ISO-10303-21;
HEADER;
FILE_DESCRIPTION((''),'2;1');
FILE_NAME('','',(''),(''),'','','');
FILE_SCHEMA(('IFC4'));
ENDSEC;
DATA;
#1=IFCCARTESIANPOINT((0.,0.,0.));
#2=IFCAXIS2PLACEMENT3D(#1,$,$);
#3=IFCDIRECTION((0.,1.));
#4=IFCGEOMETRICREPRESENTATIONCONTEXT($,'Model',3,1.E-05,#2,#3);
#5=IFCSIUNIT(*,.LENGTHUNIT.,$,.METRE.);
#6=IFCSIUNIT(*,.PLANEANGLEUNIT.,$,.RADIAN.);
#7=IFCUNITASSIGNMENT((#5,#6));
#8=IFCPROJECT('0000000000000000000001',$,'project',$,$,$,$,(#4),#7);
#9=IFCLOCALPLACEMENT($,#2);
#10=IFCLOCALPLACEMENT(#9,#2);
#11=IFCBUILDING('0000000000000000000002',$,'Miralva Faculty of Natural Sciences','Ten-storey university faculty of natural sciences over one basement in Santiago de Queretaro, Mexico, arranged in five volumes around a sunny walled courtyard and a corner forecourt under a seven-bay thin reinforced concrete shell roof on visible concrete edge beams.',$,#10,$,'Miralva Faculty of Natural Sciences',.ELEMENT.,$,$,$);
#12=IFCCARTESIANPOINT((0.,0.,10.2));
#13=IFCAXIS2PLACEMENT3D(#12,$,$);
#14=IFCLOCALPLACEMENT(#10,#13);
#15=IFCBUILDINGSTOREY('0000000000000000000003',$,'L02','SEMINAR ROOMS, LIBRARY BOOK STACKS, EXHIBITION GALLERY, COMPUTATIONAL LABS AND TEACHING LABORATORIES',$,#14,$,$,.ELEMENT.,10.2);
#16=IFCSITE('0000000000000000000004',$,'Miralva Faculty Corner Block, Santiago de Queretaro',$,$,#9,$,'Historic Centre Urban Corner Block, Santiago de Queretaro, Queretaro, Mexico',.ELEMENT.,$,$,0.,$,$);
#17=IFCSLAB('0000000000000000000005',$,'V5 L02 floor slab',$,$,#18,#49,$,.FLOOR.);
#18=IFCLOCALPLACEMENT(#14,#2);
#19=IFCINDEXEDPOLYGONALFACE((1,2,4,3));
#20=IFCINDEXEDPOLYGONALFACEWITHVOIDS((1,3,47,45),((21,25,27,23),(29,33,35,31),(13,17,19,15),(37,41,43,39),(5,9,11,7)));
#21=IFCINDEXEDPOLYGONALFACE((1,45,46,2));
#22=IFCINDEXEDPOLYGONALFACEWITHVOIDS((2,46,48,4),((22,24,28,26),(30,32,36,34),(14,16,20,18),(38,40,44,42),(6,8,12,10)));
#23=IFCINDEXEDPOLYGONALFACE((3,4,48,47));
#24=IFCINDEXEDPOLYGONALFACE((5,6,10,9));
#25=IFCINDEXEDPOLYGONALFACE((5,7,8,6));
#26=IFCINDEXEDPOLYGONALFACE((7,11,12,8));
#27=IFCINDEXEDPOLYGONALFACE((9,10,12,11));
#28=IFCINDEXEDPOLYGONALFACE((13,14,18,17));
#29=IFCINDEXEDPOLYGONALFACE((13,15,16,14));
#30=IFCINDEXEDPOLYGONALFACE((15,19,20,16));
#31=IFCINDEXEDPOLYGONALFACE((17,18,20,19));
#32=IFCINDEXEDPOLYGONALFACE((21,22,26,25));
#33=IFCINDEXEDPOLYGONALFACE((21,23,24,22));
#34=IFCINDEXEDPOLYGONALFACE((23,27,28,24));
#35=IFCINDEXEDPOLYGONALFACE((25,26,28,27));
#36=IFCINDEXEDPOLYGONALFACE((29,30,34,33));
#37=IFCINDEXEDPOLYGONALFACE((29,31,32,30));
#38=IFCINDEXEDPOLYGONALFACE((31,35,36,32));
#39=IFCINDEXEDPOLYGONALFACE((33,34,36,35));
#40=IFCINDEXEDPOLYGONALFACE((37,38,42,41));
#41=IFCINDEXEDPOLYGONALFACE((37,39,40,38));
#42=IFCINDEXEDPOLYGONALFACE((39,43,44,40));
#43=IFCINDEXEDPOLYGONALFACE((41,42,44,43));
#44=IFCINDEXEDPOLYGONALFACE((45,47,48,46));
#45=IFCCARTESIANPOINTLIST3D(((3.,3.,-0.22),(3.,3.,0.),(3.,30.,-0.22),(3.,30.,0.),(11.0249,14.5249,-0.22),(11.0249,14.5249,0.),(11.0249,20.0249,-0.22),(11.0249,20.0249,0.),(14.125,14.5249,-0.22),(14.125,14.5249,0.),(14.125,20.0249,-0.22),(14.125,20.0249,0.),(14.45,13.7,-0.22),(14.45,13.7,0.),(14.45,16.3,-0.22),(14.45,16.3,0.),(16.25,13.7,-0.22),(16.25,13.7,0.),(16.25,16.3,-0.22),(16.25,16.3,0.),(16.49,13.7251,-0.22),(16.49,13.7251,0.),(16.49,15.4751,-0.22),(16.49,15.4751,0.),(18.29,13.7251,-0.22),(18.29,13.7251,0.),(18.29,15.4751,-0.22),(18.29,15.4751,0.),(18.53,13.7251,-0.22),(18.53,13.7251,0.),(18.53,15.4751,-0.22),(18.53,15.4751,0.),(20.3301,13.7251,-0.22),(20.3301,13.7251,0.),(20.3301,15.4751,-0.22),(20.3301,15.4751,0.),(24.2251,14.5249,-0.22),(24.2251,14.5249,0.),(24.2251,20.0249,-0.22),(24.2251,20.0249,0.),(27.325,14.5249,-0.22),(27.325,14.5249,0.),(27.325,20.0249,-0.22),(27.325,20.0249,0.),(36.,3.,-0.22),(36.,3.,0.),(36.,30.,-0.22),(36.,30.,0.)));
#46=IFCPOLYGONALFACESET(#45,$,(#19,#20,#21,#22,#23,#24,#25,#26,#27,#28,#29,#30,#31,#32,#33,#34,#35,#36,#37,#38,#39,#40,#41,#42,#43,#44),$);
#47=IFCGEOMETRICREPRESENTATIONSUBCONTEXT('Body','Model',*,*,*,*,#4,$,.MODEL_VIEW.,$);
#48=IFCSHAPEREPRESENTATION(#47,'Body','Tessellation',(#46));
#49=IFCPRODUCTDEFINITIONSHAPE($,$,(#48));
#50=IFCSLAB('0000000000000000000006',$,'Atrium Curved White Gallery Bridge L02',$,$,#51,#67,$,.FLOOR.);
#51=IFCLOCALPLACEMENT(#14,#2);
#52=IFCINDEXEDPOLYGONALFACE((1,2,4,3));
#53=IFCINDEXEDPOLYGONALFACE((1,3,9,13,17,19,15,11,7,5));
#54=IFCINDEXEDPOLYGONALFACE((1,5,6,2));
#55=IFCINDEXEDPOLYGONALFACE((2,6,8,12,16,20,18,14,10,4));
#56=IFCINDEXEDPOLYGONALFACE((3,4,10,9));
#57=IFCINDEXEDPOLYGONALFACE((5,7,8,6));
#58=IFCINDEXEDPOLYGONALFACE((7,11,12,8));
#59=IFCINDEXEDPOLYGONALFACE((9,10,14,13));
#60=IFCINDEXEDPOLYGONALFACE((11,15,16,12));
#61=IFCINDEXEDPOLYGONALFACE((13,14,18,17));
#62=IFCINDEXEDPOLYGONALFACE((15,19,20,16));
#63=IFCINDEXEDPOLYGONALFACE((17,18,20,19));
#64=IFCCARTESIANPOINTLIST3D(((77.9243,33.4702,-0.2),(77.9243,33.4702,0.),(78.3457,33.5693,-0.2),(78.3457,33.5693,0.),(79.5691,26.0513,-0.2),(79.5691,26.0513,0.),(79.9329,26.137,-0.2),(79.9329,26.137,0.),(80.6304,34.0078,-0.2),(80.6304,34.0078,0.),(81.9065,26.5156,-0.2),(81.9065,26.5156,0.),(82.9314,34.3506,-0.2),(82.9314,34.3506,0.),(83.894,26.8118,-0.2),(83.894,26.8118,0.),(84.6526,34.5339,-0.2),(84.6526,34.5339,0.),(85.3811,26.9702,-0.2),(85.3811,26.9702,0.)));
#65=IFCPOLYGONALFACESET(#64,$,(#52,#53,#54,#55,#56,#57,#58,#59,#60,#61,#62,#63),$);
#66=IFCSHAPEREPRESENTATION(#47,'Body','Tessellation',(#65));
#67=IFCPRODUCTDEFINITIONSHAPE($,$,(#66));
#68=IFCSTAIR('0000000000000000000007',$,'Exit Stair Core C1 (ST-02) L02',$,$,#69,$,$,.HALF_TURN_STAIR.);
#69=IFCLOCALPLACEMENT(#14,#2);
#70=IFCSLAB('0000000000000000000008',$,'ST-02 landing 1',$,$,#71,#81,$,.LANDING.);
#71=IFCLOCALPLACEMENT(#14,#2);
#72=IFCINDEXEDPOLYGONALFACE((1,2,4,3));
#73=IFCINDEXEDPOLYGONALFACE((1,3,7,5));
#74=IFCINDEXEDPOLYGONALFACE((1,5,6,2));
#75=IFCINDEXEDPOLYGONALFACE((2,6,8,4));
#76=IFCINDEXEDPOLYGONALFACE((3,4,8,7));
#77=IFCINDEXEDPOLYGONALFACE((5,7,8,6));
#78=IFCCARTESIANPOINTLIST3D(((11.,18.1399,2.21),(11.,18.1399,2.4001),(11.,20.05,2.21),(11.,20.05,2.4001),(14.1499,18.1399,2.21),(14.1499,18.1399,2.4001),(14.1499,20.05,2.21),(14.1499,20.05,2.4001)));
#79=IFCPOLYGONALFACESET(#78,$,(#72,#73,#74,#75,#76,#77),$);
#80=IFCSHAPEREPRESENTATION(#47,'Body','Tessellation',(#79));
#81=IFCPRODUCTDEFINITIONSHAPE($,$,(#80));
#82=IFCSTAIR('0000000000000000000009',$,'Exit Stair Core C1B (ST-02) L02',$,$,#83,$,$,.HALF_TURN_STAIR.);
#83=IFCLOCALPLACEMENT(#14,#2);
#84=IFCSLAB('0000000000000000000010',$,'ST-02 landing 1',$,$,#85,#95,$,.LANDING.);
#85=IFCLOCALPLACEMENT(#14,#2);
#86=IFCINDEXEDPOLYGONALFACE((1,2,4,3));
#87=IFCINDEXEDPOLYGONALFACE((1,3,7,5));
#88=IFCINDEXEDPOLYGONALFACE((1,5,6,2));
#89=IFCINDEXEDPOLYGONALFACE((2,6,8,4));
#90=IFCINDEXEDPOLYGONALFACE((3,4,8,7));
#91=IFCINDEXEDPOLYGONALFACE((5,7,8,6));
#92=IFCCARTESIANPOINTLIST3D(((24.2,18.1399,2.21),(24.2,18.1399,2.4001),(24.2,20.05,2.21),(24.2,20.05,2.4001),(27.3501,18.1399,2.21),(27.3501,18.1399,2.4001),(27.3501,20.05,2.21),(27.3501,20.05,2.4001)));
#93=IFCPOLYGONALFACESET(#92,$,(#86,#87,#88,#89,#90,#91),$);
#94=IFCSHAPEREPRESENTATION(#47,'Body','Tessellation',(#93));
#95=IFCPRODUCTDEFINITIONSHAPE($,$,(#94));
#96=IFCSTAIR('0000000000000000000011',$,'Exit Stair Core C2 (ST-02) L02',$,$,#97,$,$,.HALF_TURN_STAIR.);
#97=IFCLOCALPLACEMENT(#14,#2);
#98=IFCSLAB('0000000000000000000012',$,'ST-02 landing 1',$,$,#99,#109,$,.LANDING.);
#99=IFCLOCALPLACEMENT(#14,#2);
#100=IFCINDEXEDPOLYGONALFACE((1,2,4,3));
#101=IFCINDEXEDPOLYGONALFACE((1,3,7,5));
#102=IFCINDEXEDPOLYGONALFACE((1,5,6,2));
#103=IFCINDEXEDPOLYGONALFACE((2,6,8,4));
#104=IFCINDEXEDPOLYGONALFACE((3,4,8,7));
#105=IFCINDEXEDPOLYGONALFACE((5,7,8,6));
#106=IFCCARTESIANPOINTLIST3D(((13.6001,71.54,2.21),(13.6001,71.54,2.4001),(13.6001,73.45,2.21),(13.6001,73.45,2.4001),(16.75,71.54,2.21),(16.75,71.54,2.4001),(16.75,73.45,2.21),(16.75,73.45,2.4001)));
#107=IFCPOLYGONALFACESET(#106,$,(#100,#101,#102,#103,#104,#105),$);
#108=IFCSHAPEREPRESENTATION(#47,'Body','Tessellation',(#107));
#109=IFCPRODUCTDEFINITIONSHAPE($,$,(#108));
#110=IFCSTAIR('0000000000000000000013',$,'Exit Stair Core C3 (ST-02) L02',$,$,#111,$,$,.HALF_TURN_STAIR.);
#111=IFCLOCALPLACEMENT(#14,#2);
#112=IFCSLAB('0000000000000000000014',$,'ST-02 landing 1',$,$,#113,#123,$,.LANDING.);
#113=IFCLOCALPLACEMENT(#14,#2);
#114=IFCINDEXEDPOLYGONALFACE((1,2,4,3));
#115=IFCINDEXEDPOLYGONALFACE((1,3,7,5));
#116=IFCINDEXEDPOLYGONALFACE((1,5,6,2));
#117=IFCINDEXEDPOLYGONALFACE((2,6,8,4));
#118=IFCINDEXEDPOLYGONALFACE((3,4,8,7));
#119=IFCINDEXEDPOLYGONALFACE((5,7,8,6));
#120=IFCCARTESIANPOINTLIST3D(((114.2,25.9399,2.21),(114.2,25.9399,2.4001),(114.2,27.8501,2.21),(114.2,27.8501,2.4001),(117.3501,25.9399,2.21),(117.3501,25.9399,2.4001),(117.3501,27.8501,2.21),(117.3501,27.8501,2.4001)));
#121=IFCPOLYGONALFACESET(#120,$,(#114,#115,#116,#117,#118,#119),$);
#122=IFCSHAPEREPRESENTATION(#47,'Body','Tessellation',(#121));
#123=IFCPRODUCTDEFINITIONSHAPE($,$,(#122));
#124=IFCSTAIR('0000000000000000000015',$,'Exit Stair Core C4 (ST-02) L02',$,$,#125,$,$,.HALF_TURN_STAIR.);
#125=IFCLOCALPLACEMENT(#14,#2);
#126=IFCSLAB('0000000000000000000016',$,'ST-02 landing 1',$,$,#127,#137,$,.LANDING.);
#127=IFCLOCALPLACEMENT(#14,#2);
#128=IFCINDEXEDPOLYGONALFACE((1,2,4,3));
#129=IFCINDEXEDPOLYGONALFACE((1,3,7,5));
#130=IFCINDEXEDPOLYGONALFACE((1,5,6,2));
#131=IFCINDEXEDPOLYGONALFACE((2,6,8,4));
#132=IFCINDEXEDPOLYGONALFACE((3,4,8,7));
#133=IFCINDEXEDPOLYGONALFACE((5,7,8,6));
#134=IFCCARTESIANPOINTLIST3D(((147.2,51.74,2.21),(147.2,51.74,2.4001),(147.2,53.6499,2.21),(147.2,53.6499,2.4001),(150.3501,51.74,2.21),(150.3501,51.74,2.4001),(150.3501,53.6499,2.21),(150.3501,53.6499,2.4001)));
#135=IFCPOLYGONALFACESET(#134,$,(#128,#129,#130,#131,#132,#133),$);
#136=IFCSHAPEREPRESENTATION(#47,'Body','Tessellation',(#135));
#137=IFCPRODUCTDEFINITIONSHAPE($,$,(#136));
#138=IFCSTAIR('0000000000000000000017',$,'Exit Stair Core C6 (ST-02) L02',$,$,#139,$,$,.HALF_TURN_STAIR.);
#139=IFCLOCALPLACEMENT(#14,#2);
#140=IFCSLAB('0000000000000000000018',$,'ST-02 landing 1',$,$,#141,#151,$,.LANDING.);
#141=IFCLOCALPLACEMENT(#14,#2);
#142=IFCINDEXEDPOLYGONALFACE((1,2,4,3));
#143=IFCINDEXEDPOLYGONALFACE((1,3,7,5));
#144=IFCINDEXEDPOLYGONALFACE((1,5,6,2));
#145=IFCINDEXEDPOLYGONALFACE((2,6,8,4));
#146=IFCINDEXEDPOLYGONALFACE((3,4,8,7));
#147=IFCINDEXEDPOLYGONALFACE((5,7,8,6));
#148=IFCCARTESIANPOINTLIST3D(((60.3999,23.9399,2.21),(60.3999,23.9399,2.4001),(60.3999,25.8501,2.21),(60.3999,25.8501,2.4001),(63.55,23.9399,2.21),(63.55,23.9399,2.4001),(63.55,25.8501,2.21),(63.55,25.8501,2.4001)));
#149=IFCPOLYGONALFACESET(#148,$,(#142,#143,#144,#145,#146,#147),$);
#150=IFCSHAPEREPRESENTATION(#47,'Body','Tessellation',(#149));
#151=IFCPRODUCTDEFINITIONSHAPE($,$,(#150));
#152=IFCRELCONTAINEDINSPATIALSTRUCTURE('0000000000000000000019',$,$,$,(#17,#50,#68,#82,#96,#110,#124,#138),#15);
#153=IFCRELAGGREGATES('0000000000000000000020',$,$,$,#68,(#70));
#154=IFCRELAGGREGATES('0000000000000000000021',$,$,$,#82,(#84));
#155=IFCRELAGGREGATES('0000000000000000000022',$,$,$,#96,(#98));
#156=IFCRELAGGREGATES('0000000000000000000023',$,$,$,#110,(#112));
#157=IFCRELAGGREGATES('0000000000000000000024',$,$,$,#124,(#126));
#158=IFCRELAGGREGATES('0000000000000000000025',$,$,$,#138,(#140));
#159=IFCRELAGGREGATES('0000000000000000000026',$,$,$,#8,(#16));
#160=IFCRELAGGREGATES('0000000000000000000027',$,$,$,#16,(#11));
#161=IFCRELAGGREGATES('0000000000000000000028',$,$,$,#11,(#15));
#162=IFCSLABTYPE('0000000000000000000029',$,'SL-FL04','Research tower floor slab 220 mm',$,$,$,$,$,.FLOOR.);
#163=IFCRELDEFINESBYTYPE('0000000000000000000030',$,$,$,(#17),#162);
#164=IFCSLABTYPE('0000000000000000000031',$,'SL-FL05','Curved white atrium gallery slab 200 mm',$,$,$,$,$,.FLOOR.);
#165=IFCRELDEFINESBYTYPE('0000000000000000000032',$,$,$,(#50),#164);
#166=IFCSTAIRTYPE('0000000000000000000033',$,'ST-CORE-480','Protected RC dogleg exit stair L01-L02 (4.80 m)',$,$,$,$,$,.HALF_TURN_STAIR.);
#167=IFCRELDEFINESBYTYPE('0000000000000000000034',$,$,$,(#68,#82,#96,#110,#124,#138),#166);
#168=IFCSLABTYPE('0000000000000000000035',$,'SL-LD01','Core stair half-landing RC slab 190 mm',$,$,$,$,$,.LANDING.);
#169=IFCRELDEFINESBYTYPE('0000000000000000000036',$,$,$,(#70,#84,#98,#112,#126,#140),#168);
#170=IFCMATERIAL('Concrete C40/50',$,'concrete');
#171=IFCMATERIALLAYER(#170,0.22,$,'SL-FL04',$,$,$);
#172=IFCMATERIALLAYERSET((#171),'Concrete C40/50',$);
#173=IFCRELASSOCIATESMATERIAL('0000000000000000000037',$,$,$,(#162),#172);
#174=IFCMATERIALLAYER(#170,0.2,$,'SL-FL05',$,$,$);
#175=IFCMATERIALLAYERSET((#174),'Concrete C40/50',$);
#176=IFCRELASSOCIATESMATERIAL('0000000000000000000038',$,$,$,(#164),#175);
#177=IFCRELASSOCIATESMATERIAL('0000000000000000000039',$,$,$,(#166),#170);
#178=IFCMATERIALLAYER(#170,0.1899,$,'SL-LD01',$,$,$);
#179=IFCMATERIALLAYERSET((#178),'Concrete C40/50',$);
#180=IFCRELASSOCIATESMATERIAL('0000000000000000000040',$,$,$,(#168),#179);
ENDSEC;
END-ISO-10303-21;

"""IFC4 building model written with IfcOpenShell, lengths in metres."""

from ifc_helpers import new_model, si_unit, direction, frame, origin, place, context, subcontext, project, spatial, polyline, outline, extrude, material, layer, layer_set, type_object, element, aggregate, save


model = new_model("IFC4")

# Units and contexts
model_context = context("Model", 3, precision=1e-05, world=origin(), true_north=direction((0.0, 1.0)))
body_context = subcontext(model_context, "Body", "Model", "MODEL_VIEW")
ifc_project = project(units=[si_unit("LENGTHUNIT", "METRE"), si_unit("PLANEANGLEUNIT", "RADIAN")], contexts=[model_context])

# Site, building, storey
site_placement = place(None, origin())
site = spatial("IfcSite", under=ifc_project, at=site_placement, Name="Miralva Faculty Corner Block, Santiago de Queretaro", LongName="Historic Centre Urban Corner Block, Santiago de Queretaro, Queretaro, Mexico", CompositionType="ELEMENT", RefElevation=0.0)
building_placement = place(site_placement, origin())
building = spatial("IfcBuilding", under=site, at=building_placement, Name="Miralva Faculty of Natural Sciences", Description="Ten-storey university faculty of natural sciences over one basement in Santiago de Queretaro, Mexico, arranged in five volumes around a sunny walled courtyard and a corner forecourt under a seven-bay thin reinforced concrete shell roof on visible concrete edge beams.", LongName="Miralva Faculty of Natural Sciences", CompositionType="ELEMENT")
storey_placement = place(building_placement, frame((0.0, 0.0, 10.2)))
storey = spatial("IfcBuildingStorey", under=building, at=storey_placement, Name="L02", Description="SEMINAR ROOMS, LIBRARY BOOK STACKS, EXHIBITION GALLERY, COMPUTATIONAL LABS AND TEACHING LABORATORIES", CompositionType="ELEMENT", Elevation=10.2)

# Slabs
ifc_material_1 = material(Name="Concrete C40/50", Category="concrete")
ifc_layer_1 = layer(ifc_material_1, 0.22, Name="SL-FL04")
ifc_layer_set_1 = layer_set([ifc_layer_1], Name="Concrete C40/50")
slab_type_1 = type_object("IfcSlabType", Name="SL-FL04", Description="Research tower floor slab 220 mm", PredefinedType="FLOOR", material=ifc_layer_set_1)
slab_1_placement = place(storey_placement, frame((0.0, 0.0, -0.22)))
element("IfcSlab", 1, at=slab_1_placement, inside=storey, type_object=slab_type_1, Name="V5 L02 floor slab", PredefinedType="FLOOR", context=body_context, shape_type="SweptSolid", body=[
    extrude(outline(polyline([(36.0, 3.0), (3.0, 3.0), (3.0, 30.0), (36.0, 30.0), (36.0, 3.0)]), holes=[polyline([(14.125, 14.5249), (11.0249, 14.5249), (11.0249, 20.0249), (14.125, 20.0249), (14.125, 14.5249)]), polyline([(16.25, 13.7), (14.45, 13.7), (14.45, 16.3), (16.25, 16.3), (16.25, 13.7)]), polyline([(18.29, 13.7251), (16.49, 13.7251), (16.49, 15.4751), (18.29, 15.4751), (18.29, 13.7251)]), polyline([(27.325, 14.5249), (24.2251, 14.5249), (24.2251, 20.0249), (27.325, 20.0249), (27.325, 14.5249)]), polyline([(20.3301, 13.7251), (18.53, 13.7251), (18.53, 15.4751), (20.3301, 15.4751), (20.3301, 13.7251)])]), origin(), (0.0, 0.0, 1.0), 0.22),
])
ifc_layer_2 = layer(ifc_material_1, 0.2, Name="SL-FL05")
ifc_layer_set_2 = layer_set([ifc_layer_2], Name="Concrete C40/50")
slab_type_2 = type_object("IfcSlabType", Name="SL-FL05", Description="Curved white atrium gallery slab 200 mm", PredefinedType="FLOOR", material=ifc_layer_set_2)
slab_2_placement = place(storey_placement, frame((0.0, 0.0, -0.2)))
element("IfcSlab", 2, at=slab_2_placement, inside=storey, type_object=slab_type_2, Name="Atrium Curved White Gallery Bridge L02", PredefinedType="FLOOR", context=body_context, shape_type="SweptSolid", body=[
    extrude(outline(polyline([(77.9243, 33.4702), (78.3457, 33.5693), (80.6304, 34.0078), (82.9314, 34.3506), (84.6526, 34.5339), (85.3811, 26.9702), (83.894, 26.8118), (81.9065, 26.5156), (79.9329, 26.137), (79.5691, 26.0513), (77.9243, 33.4702)])), origin(), (0.0, 0.0, 1.0), 0.2),
])

# Stairs, slabs
stair_type = type_object("IfcStairType", Name="ST-CORE-480", Description="Protected RC dogleg exit stair L01-L02 (4.80 m)", PredefinedType="HALF_TURN_STAIR", material=ifc_material_1)
stair_1_placement = place(storey_placement, origin())
stair_1 = element("IfcStair", 3, at=stair_1_placement, inside=storey, type_object=stair_type, Name="Exit Stair Core C1 (ST-02) L02", PredefinedType="HALF_TURN_STAIR")
ifc_layer_3 = layer(ifc_material_1, 0.1899, Name="SL-LD01")
ifc_layer_set_3 = layer_set([ifc_layer_3], Name="Concrete C40/50")
slab_type_3 = type_object("IfcSlabType", Name="SL-LD01", Description="Core stair half-landing RC slab 190 mm", PredefinedType="LANDING", material=ifc_layer_set_3)
slab_3_placement = place(storey_placement, frame((0.0, 0.0, 2.21)))
slab_3 = element("IfcSlab", 4, at=slab_3_placement, type_object=slab_type_3, Name="ST-02 landing 1", PredefinedType="LANDING", context=body_context, shape_type="SweptSolid", body=[
    extrude(outline(polyline([(14.1499, 18.1399), (14.1499, 20.05), (11.0, 20.05), (11.0, 18.1399), (14.1499, 18.1399)])), origin(), (0.0, 0.0, 1.0), 0.1902),
])
aggregate(stair_1, [slab_3])
stair_2_placement = place(storey_placement, origin())
stair_2 = element("IfcStair", 5, at=stair_2_placement, inside=storey, type_object=stair_type, Name="Exit Stair Core C1B (ST-02) L02", PredefinedType="HALF_TURN_STAIR")
slab_4_placement = place(storey_placement, frame((0.0, 0.0, 2.21)))
slab_4 = element("IfcSlab", 6, at=slab_4_placement, type_object=slab_type_3, Name="ST-02 landing 1", PredefinedType="LANDING", context=body_context, shape_type="SweptSolid", body=[
    extrude(outline(polyline([(27.3501, 18.1399), (27.3501, 20.05), (24.2, 20.05), (24.2, 18.1399), (27.3501, 18.1399)])), origin(), (0.0, 0.0, 1.0), 0.1902),
])
aggregate(stair_2, [slab_4])
stair_3_placement = place(storey_placement, origin())
stair_3 = element("IfcStair", 7, at=stair_3_placement, inside=storey, type_object=stair_type, Name="Exit Stair Core C2 (ST-02) L02", PredefinedType="HALF_TURN_STAIR")
slab_5_placement = place(storey_placement, frame((0.0, 0.0, 2.21)))
slab_5 = element("IfcSlab", 8, at=slab_5_placement, type_object=slab_type_3, Name="ST-02 landing 1", PredefinedType="LANDING", context=body_context, shape_type="SweptSolid", body=[
    extrude(outline(polyline([(16.75, 71.54), (16.75, 73.45), (13.6001, 73.45), (13.6001, 71.54), (16.75, 71.54)])), origin(), (0.0, 0.0, 1.0), 0.1902),
])
aggregate(stair_3, [slab_5])
stair_4_placement = place(storey_placement, origin())
stair_4 = element("IfcStair", 9, at=stair_4_placement, inside=storey, type_object=stair_type, Name="Exit Stair Core C3 (ST-02) L02", PredefinedType="HALF_TURN_STAIR")
slab_6_placement = place(storey_placement, frame((0.0, 0.0, 2.21)))
slab_6 = element("IfcSlab", 10, at=slab_6_placement, type_object=slab_type_3, Name="ST-02 landing 1", PredefinedType="LANDING", context=body_context, shape_type="SweptSolid", body=[
    extrude(outline(polyline([(117.3501, 25.9399), (117.3501, 27.8501), (114.2, 27.8501), (114.2, 25.9399), (117.3501, 25.9399)])), origin(), (0.0, 0.0, 1.0), 0.1902),
])
aggregate(stair_4, [slab_6])
stair_5_placement = place(storey_placement, origin())
stair_5 = element("IfcStair", 11, at=stair_5_placement, inside=storey, type_object=stair_type, Name="Exit Stair Core C4 (ST-02) L02", PredefinedType="HALF_TURN_STAIR")
slab_7_placement = place(storey_placement, frame((0.0, 0.0, 2.21)))
slab_7 = element("IfcSlab", 12, at=slab_7_placement, type_object=slab_type_3, Name="ST-02 landing 1", PredefinedType="LANDING", context=body_context, shape_type="SweptSolid", body=[
    extrude(outline(polyline([(150.3501, 51.74), (150.3501, 53.6499), (147.2, 53.6499), (147.2, 51.74), (150.3501, 51.74)])), origin(), (0.0, 0.0, 1.0), 0.1902),
])
aggregate(stair_5, [slab_7])
stair_6_placement = place(storey_placement, origin())
stair_6 = element("IfcStair", 13, at=stair_6_placement, inside=storey, type_object=stair_type, Name="Exit Stair Core C6 (ST-02) L02", PredefinedType="HALF_TURN_STAIR")
slab_8_placement = place(storey_placement, frame((0.0, 0.0, 2.21)))
slab_8 = element("IfcSlab", 14, at=slab_8_placement, type_object=slab_type_3, Name="ST-02 landing 1", PredefinedType="LANDING", context=body_context, shape_type="SweptSolid", body=[
    extrude(outline(polyline([(63.55, 23.9399), (63.55, 25.8501), (60.3999, 25.8501), (60.3999, 23.9399), (63.55, 23.9399)])), origin(), (0.0, 0.0, 1.0), 0.1902),
])
aggregate(stair_6, [slab_8])

save(model, "model.ifc")
